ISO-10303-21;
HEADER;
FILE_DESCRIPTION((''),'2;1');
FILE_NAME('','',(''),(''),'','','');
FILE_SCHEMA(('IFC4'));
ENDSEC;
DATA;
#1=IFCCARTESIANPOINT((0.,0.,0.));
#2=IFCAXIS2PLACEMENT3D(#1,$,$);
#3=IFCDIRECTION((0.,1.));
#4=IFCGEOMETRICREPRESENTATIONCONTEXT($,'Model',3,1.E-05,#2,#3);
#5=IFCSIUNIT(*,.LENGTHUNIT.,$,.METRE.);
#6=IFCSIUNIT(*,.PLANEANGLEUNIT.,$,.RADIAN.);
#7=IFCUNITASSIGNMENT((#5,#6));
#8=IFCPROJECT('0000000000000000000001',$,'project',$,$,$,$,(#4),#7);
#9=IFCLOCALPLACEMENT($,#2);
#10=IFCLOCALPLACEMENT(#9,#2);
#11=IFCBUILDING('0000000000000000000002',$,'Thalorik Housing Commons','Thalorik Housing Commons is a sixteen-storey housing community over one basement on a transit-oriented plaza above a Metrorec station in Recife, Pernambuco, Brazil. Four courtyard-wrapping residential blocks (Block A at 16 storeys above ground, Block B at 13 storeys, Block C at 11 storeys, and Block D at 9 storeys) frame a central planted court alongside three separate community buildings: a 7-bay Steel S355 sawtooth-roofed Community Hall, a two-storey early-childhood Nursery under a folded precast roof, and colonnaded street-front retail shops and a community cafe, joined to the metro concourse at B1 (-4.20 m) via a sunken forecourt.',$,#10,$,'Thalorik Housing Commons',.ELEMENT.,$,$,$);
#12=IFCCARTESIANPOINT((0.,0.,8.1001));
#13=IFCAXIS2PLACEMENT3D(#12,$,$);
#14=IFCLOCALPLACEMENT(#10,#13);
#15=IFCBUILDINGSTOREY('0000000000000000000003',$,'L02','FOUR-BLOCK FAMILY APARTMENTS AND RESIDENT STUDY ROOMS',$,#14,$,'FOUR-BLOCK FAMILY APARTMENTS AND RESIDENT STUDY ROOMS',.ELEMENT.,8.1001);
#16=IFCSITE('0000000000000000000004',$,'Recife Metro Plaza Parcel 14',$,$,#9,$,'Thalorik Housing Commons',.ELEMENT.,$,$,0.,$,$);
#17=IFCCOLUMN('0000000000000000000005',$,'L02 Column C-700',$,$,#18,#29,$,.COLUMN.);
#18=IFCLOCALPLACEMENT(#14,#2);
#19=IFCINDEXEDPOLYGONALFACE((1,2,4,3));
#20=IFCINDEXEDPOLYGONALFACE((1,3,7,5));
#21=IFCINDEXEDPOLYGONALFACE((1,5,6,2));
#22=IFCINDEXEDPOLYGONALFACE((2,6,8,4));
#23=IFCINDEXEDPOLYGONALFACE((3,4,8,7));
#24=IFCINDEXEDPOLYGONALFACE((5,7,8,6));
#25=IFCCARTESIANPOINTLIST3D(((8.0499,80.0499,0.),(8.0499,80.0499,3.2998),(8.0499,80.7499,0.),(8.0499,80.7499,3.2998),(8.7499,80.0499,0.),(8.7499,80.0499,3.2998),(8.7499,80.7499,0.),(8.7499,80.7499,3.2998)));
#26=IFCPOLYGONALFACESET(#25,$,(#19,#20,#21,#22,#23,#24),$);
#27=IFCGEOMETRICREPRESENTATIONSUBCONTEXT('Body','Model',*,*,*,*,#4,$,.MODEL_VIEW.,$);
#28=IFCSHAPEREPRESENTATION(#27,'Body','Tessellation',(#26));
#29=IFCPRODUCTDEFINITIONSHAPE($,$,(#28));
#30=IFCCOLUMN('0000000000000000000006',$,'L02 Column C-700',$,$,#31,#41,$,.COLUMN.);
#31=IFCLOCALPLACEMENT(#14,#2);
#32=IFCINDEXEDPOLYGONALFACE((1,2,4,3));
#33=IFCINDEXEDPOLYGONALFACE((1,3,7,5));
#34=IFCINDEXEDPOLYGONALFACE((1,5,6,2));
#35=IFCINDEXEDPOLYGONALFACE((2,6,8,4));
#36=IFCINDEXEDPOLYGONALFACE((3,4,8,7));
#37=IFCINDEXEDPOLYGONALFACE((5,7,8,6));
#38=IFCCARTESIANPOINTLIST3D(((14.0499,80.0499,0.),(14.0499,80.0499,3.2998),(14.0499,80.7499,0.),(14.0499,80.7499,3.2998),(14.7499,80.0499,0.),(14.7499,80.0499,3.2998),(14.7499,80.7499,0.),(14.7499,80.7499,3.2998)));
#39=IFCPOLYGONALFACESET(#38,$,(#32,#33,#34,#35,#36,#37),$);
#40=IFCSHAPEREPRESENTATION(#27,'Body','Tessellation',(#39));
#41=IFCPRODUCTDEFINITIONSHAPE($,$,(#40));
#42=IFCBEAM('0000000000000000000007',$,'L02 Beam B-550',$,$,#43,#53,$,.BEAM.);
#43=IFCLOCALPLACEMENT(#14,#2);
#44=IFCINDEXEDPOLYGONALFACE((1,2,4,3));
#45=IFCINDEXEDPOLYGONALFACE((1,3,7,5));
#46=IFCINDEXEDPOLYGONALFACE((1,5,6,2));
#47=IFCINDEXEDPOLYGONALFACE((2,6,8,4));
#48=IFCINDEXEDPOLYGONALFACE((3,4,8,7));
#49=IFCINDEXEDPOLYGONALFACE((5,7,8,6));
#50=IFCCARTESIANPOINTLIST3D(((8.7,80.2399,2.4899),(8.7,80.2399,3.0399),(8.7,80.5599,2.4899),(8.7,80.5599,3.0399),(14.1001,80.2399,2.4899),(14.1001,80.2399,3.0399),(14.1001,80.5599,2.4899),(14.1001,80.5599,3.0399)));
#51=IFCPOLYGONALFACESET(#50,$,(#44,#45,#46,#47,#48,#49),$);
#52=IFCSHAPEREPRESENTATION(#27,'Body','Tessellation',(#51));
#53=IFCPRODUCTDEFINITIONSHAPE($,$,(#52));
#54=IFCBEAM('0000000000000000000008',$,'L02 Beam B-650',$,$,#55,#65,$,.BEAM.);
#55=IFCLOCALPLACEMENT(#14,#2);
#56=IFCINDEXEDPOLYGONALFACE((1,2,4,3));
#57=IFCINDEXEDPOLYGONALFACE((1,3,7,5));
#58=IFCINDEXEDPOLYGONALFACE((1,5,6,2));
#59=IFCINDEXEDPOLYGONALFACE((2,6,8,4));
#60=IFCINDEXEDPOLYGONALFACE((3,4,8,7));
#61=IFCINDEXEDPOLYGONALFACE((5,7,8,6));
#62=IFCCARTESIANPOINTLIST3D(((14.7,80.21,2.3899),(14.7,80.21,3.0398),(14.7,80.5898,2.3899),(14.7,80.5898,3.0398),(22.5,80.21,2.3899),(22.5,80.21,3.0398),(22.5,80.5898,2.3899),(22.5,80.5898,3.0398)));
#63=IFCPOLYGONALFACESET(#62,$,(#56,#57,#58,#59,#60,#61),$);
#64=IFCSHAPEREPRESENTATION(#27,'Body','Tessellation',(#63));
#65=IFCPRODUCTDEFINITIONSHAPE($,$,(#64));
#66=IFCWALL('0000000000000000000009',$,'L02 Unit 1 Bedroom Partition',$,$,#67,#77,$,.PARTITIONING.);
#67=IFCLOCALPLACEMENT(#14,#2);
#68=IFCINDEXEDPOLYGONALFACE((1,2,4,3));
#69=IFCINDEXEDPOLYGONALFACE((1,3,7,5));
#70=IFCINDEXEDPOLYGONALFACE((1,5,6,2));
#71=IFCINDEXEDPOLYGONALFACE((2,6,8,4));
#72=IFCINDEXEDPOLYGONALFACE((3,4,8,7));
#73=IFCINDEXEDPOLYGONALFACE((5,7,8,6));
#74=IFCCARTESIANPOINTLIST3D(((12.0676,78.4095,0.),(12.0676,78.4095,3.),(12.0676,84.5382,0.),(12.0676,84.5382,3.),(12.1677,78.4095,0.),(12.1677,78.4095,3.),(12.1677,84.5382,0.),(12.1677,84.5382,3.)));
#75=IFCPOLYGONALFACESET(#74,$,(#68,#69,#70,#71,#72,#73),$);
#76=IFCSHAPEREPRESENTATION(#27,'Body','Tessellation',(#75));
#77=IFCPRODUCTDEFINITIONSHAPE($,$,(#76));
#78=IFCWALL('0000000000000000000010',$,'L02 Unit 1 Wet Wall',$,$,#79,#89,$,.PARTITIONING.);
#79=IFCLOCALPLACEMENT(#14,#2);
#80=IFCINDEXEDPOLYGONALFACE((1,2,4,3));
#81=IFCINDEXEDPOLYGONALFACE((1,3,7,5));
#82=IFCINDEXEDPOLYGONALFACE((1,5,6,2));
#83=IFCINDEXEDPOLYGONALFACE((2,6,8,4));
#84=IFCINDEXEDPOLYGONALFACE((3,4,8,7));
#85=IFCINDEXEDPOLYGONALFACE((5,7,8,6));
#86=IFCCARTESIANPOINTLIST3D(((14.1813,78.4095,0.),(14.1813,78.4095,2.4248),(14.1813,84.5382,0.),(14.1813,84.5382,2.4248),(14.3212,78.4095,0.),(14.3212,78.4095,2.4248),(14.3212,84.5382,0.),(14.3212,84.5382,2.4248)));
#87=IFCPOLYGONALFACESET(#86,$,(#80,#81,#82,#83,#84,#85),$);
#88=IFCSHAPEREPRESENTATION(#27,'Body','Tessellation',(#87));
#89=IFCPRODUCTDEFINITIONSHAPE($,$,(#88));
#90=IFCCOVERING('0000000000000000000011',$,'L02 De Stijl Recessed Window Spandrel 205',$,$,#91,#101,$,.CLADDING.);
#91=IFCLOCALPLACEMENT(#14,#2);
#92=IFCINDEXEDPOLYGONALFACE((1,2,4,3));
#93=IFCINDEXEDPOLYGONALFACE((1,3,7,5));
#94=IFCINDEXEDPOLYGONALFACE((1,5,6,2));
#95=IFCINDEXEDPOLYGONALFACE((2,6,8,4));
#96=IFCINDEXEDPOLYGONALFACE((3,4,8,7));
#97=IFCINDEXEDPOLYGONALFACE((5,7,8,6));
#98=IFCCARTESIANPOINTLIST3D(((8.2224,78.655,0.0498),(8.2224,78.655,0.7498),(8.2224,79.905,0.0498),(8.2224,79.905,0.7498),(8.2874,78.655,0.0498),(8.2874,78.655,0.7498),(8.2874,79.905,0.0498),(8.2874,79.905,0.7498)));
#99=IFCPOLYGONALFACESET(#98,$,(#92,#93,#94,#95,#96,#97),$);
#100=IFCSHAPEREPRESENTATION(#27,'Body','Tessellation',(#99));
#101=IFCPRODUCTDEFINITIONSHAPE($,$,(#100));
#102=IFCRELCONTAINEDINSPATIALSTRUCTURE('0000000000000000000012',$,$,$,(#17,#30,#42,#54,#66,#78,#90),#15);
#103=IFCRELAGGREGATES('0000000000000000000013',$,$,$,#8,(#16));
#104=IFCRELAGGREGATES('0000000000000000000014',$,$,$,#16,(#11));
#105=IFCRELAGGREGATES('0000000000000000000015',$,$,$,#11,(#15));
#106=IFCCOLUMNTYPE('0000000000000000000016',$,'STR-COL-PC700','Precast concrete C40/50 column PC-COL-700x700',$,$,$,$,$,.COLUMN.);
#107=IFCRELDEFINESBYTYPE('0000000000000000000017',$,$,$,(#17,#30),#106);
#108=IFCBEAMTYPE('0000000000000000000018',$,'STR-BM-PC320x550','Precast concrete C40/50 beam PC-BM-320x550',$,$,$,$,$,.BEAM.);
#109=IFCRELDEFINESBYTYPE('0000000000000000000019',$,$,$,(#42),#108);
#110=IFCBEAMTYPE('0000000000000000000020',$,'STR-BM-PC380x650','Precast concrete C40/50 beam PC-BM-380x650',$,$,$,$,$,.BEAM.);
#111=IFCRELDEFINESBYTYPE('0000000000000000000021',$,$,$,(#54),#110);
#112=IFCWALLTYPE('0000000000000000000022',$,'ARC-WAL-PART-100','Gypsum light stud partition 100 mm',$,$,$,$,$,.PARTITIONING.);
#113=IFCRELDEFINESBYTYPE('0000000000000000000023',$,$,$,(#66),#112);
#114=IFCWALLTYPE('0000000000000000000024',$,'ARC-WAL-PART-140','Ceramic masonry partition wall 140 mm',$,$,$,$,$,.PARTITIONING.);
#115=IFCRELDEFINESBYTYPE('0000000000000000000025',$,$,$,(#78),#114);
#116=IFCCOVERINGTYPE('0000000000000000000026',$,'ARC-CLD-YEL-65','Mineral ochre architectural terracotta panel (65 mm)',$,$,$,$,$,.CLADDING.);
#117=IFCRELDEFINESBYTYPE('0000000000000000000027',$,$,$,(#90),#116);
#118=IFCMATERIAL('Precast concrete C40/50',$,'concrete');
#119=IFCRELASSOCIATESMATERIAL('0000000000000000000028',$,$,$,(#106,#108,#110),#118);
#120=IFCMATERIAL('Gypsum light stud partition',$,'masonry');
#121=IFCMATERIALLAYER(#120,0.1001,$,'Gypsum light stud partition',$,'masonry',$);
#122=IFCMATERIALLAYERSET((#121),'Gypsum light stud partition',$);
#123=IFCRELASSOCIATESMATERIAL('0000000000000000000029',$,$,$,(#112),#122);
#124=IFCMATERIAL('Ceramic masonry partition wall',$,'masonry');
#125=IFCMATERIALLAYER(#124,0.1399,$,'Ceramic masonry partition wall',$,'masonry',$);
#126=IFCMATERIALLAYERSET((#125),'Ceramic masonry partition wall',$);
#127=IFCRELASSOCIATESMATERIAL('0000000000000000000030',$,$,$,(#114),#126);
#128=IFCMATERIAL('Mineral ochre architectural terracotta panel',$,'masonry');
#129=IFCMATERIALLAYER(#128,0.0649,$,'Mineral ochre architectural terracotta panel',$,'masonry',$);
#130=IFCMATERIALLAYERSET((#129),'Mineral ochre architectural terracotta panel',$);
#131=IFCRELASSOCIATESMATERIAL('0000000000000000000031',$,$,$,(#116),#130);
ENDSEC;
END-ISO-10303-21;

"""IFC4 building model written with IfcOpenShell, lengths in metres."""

from ifc_helpers import new_model, si_unit, direction, frame, frame_2d, origin, origin_2d, place, context, subcontext, project, spatial, rectangle, extrude, material, layer, layer_set, material_profile, profile_set, type_object, element, save


model = new_model("IFC4")

# Units and contexts
model_context = context("Model", 3, precision=1e-05, world=origin(), true_north=direction((0.0, 1.0)))
body_context = subcontext(model_context, "Body", "Model", "MODEL_VIEW")
ifc_project = project(units=[si_unit("LENGTHUNIT", "METRE"), si_unit("PLANEANGLEUNIT", "RADIAN")], contexts=[model_context])

# Site, building, storey
site_placement = place(None, origin())
site = spatial("IfcSite", under=ifc_project, at=site_placement, Name="Recife Metro Plaza Parcel 14", LongName="Thalorik Housing Commons", CompositionType="ELEMENT", RefElevation=0.0)
building_placement = place(site_placement, origin())
building = spatial("IfcBuilding", under=site, at=building_placement, Name="Thalorik Housing Commons", Description="Thalorik Housing Commons is a sixteen-storey housing community over one basement on a transit-oriented plaza above a Metrorec station in Recife, Pernambuco, Brazil. Four courtyard-wrapping residential blocks (Block A at 16 storeys above ground, Block B at 13 storeys, Block C at 11 storeys, and Block D at 9 storeys) frame a central planted court alongside three separate community buildings: a 7-bay Steel S355 sawtooth-roofed Community Hall, a two-storey early-childhood Nursery under a folded precast roof, and colonnaded street-front retail shops and a community cafe, joined to the metro concourse at B1 (-4.20 m) via a sunken forecourt.", LongName="Thalorik Housing Commons", CompositionType="ELEMENT")
storey_placement = place(building_placement, frame((0.0, 0.0, 8.1001)))
storey = spatial("IfcBuildingStorey", under=building, at=storey_placement, Name="L02", Description="FOUR-BLOCK FAMILY APARTMENTS AND RESIDENT STUDY ROOMS", LongName="FOUR-BLOCK FAMILY APARTMENTS AND RESIDENT STUDY ROOMS", CompositionType="ELEMENT", Elevation=8.1001)

# Columns
ifc_material_1 = material(Name="Precast concrete C40/50", Category="concrete")
ifc_material_profile_1 = material_profile(ifc_material_1, rectangle(XDim=0.7, YDim=0.7, at=origin_2d()), Name="PC 700x700", Category="concrete")
ifc_profile_set_1 = profile_set([ifc_material_profile_1], Name="Precast concrete C40/50")
column_type = type_object("IfcColumnType", Name="STR-COL-PC700", Description="Precast concrete C40/50 column PC-COL-700x700", PredefinedType="COLUMN", material=ifc_profile_set_1)
for number, where, z_axis, x_axis, name in (
    (1, (8.3999, 80.3999, 0.0), (0.0, 0.0, 1.0), (1.0, 0.0, 0.0), "L02 Column C-700"),
    (2, (14.3999, 80.3999, 0.0), (0.0, 0.0, 1.0), (1.0, 0.0, 0.0), "L02 Column C-700"),
):
    element("IfcColumn", number, at=place(storey_placement, frame(where, z_axis=z_axis, x_axis=x_axis)), inside=storey, type_object=column_type, Name=name, PredefinedType="COLUMN", context=body_context, shape_type="SweptSolid", body=[
        extrude(rectangle(XDim=0.7, YDim=0.7, at=origin_2d()), origin(), (0.0, 0.0, 1.0), 3.2998),
    ])

# Beams
ifc_material_profile_2 = material_profile(ifc_material_1, rectangle(XDim=0.3201, YDim=0.55, at=origin_2d()), Name="PC 320x550", Category="concrete")
ifc_profile_set_2 = profile_set([ifc_material_profile_2], Name="Precast concrete C40/50")
beam_type_1 = type_object("IfcBeamType", Name="STR-BM-PC320x550", Description="Precast concrete C40/50 beam PC-BM-320x550", PredefinedType="BEAM", material=ifc_profile_set_2)
beam_1_placement = place(storey_placement, frame((8.7, 80.3999, 2.7649), z_axis=(1.0, 0.0, 0.0), x_axis=(0.0, 1.0, 0.0)))
element("IfcBeam", 3, at=beam_1_placement, inside=storey, type_object=beam_type_1, Name="L02 Beam B-550", PredefinedType="BEAM", context=body_context, shape_type="SweptSolid", body=[
    extrude(rectangle(XDim=0.3201, YDim=0.55, at=origin_2d()), origin(), (0.0, 0.0, 1.0), 5.4001),
])
ifc_material_profile_3 = material_profile(ifc_material_1, rectangle(XDim=0.3799, YDim=0.6499, at=origin_2d()), Name="PC 380x650", Category="concrete")
ifc_profile_set_3 = profile_set([ifc_material_profile_3], Name="Precast concrete C40/50")
beam_type_2 = type_object("IfcBeamType", Name="STR-BM-PC380x650", Description="Precast concrete C40/50 beam PC-BM-380x650", PredefinedType="BEAM", material=ifc_profile_set_3)
beam_2_placement = place(storey_placement, frame((14.7, 80.3999, 2.7148), z_axis=(1.0, 0.0, 0.0), x_axis=(0.0, 1.0, 0.0)))
element("IfcBeam", 4, at=beam_2_placement, inside=storey, type_object=beam_type_2, Name="L02 Beam B-650", PredefinedType="BEAM", context=body_context, shape_type="SweptSolid", body=[
    extrude(rectangle(XDim=0.3799, YDim=0.6499, at=origin_2d()), origin(), (0.0, 0.0, 1.0), 7.8),
])

# Walls
ifc_material_2 = material(Name="Gypsum light stud partition", Category="masonry")
ifc_layer_1 = layer(ifc_material_2, 0.1001, Name="Gypsum light stud partition", Category="masonry")
ifc_layer_set_1 = layer_set([ifc_layer_1], Name="Gypsum light stud partition")
wall_type_1 = type_object("IfcWallType", Name="ARC-WAL-PART-100", Description="Gypsum light stud partition 100 mm", PredefinedType="PARTITIONING", material=ifc_layer_set_1)
wall_1_placement = place(storey_placement, frame((12.1177, 78.4094, 0.0), z_axis=(0.0, 0.0, 1.0), x_axis=(0.0, 1.0, 0.0)))
element("IfcWall", 5, at=wall_1_placement, inside=storey, type_object=wall_type_1, Name="L02 Unit 1 Bedroom Partition", PredefinedType="PARTITIONING", context=body_context, shape_type="SweptSolid", body=[
    extrude(rectangle(XDim=6.1287, YDim=0.1001, at=frame_2d((3.0645, 0.0))), origin(), (0.0, 0.0, 1.0), 3.0),
])
ifc_material_3 = material(Name="Ceramic masonry partition wall", Category="masonry")
ifc_layer_2 = layer(ifc_material_3, 0.1399, Name="Ceramic masonry partition wall", Category="masonry")
ifc_layer_set_2 = layer_set([ifc_layer_2], Name="Ceramic masonry partition wall")
wall_type_2 = type_object("IfcWallType", Name="ARC-WAL-PART-140", Description="Ceramic masonry partition wall 140 mm", PredefinedType="PARTITIONING", material=ifc_layer_set_2)
wall_2_placement = place(storey_placement, frame((14.2512, 78.4094, 0.0), z_axis=(0.0, 0.0, 1.0), x_axis=(0.0, 1.0, 0.0)))
element("IfcWall", 6, at=wall_2_placement, inside=storey, type_object=wall_type_2, Name="L02 Unit 1 Wet Wall", PredefinedType="PARTITIONING", context=body_context, shape_type="SweptSolid", body=[
    extrude(rectangle(XDim=6.1287, YDim=0.1399, at=frame_2d((3.0645, 0.0))), origin(), (0.0, 0.0, 1.0), 2.4248),
])

# Covering
ifc_material_4 = material(Name="Mineral ochre architectural terracotta panel", Category="masonry")
ifc_layer_3 = layer(ifc_material_4, 0.0649, Name="Mineral ochre architectural terracotta panel", Category="masonry")
ifc_layer_set_3 = layer_set([ifc_layer_3], Name="Mineral ochre architectural terracotta panel")
covering_type = type_object("IfcCoveringType", Name="ARC-CLD-YEL-65", Description="Mineral ochre architectural terracotta panel (65 mm)", PredefinedType="CLADDING", material=ifc_layer_set_3)
covering_placement = place(storey_placement, frame((8.2549, 79.28, 0.0498), z_axis=(0.0, 0.0, 1.0), x_axis=(0.0, -1.0, 0.0)))
element("IfcCovering", 7, at=covering_placement, inside=storey, type_object=covering_type, Name="L02 De Stijl Recessed Window Spandrel 205", PredefinedType="CLADDING", context=body_context, shape_type="SweptSolid", body=[
    extrude(rectangle(XDim=1.25, YDim=0.0649, at=origin_2d()), origin(), (0.0, 0.0, 1.0), 0.7),
])

save(model, "model.ifc")
